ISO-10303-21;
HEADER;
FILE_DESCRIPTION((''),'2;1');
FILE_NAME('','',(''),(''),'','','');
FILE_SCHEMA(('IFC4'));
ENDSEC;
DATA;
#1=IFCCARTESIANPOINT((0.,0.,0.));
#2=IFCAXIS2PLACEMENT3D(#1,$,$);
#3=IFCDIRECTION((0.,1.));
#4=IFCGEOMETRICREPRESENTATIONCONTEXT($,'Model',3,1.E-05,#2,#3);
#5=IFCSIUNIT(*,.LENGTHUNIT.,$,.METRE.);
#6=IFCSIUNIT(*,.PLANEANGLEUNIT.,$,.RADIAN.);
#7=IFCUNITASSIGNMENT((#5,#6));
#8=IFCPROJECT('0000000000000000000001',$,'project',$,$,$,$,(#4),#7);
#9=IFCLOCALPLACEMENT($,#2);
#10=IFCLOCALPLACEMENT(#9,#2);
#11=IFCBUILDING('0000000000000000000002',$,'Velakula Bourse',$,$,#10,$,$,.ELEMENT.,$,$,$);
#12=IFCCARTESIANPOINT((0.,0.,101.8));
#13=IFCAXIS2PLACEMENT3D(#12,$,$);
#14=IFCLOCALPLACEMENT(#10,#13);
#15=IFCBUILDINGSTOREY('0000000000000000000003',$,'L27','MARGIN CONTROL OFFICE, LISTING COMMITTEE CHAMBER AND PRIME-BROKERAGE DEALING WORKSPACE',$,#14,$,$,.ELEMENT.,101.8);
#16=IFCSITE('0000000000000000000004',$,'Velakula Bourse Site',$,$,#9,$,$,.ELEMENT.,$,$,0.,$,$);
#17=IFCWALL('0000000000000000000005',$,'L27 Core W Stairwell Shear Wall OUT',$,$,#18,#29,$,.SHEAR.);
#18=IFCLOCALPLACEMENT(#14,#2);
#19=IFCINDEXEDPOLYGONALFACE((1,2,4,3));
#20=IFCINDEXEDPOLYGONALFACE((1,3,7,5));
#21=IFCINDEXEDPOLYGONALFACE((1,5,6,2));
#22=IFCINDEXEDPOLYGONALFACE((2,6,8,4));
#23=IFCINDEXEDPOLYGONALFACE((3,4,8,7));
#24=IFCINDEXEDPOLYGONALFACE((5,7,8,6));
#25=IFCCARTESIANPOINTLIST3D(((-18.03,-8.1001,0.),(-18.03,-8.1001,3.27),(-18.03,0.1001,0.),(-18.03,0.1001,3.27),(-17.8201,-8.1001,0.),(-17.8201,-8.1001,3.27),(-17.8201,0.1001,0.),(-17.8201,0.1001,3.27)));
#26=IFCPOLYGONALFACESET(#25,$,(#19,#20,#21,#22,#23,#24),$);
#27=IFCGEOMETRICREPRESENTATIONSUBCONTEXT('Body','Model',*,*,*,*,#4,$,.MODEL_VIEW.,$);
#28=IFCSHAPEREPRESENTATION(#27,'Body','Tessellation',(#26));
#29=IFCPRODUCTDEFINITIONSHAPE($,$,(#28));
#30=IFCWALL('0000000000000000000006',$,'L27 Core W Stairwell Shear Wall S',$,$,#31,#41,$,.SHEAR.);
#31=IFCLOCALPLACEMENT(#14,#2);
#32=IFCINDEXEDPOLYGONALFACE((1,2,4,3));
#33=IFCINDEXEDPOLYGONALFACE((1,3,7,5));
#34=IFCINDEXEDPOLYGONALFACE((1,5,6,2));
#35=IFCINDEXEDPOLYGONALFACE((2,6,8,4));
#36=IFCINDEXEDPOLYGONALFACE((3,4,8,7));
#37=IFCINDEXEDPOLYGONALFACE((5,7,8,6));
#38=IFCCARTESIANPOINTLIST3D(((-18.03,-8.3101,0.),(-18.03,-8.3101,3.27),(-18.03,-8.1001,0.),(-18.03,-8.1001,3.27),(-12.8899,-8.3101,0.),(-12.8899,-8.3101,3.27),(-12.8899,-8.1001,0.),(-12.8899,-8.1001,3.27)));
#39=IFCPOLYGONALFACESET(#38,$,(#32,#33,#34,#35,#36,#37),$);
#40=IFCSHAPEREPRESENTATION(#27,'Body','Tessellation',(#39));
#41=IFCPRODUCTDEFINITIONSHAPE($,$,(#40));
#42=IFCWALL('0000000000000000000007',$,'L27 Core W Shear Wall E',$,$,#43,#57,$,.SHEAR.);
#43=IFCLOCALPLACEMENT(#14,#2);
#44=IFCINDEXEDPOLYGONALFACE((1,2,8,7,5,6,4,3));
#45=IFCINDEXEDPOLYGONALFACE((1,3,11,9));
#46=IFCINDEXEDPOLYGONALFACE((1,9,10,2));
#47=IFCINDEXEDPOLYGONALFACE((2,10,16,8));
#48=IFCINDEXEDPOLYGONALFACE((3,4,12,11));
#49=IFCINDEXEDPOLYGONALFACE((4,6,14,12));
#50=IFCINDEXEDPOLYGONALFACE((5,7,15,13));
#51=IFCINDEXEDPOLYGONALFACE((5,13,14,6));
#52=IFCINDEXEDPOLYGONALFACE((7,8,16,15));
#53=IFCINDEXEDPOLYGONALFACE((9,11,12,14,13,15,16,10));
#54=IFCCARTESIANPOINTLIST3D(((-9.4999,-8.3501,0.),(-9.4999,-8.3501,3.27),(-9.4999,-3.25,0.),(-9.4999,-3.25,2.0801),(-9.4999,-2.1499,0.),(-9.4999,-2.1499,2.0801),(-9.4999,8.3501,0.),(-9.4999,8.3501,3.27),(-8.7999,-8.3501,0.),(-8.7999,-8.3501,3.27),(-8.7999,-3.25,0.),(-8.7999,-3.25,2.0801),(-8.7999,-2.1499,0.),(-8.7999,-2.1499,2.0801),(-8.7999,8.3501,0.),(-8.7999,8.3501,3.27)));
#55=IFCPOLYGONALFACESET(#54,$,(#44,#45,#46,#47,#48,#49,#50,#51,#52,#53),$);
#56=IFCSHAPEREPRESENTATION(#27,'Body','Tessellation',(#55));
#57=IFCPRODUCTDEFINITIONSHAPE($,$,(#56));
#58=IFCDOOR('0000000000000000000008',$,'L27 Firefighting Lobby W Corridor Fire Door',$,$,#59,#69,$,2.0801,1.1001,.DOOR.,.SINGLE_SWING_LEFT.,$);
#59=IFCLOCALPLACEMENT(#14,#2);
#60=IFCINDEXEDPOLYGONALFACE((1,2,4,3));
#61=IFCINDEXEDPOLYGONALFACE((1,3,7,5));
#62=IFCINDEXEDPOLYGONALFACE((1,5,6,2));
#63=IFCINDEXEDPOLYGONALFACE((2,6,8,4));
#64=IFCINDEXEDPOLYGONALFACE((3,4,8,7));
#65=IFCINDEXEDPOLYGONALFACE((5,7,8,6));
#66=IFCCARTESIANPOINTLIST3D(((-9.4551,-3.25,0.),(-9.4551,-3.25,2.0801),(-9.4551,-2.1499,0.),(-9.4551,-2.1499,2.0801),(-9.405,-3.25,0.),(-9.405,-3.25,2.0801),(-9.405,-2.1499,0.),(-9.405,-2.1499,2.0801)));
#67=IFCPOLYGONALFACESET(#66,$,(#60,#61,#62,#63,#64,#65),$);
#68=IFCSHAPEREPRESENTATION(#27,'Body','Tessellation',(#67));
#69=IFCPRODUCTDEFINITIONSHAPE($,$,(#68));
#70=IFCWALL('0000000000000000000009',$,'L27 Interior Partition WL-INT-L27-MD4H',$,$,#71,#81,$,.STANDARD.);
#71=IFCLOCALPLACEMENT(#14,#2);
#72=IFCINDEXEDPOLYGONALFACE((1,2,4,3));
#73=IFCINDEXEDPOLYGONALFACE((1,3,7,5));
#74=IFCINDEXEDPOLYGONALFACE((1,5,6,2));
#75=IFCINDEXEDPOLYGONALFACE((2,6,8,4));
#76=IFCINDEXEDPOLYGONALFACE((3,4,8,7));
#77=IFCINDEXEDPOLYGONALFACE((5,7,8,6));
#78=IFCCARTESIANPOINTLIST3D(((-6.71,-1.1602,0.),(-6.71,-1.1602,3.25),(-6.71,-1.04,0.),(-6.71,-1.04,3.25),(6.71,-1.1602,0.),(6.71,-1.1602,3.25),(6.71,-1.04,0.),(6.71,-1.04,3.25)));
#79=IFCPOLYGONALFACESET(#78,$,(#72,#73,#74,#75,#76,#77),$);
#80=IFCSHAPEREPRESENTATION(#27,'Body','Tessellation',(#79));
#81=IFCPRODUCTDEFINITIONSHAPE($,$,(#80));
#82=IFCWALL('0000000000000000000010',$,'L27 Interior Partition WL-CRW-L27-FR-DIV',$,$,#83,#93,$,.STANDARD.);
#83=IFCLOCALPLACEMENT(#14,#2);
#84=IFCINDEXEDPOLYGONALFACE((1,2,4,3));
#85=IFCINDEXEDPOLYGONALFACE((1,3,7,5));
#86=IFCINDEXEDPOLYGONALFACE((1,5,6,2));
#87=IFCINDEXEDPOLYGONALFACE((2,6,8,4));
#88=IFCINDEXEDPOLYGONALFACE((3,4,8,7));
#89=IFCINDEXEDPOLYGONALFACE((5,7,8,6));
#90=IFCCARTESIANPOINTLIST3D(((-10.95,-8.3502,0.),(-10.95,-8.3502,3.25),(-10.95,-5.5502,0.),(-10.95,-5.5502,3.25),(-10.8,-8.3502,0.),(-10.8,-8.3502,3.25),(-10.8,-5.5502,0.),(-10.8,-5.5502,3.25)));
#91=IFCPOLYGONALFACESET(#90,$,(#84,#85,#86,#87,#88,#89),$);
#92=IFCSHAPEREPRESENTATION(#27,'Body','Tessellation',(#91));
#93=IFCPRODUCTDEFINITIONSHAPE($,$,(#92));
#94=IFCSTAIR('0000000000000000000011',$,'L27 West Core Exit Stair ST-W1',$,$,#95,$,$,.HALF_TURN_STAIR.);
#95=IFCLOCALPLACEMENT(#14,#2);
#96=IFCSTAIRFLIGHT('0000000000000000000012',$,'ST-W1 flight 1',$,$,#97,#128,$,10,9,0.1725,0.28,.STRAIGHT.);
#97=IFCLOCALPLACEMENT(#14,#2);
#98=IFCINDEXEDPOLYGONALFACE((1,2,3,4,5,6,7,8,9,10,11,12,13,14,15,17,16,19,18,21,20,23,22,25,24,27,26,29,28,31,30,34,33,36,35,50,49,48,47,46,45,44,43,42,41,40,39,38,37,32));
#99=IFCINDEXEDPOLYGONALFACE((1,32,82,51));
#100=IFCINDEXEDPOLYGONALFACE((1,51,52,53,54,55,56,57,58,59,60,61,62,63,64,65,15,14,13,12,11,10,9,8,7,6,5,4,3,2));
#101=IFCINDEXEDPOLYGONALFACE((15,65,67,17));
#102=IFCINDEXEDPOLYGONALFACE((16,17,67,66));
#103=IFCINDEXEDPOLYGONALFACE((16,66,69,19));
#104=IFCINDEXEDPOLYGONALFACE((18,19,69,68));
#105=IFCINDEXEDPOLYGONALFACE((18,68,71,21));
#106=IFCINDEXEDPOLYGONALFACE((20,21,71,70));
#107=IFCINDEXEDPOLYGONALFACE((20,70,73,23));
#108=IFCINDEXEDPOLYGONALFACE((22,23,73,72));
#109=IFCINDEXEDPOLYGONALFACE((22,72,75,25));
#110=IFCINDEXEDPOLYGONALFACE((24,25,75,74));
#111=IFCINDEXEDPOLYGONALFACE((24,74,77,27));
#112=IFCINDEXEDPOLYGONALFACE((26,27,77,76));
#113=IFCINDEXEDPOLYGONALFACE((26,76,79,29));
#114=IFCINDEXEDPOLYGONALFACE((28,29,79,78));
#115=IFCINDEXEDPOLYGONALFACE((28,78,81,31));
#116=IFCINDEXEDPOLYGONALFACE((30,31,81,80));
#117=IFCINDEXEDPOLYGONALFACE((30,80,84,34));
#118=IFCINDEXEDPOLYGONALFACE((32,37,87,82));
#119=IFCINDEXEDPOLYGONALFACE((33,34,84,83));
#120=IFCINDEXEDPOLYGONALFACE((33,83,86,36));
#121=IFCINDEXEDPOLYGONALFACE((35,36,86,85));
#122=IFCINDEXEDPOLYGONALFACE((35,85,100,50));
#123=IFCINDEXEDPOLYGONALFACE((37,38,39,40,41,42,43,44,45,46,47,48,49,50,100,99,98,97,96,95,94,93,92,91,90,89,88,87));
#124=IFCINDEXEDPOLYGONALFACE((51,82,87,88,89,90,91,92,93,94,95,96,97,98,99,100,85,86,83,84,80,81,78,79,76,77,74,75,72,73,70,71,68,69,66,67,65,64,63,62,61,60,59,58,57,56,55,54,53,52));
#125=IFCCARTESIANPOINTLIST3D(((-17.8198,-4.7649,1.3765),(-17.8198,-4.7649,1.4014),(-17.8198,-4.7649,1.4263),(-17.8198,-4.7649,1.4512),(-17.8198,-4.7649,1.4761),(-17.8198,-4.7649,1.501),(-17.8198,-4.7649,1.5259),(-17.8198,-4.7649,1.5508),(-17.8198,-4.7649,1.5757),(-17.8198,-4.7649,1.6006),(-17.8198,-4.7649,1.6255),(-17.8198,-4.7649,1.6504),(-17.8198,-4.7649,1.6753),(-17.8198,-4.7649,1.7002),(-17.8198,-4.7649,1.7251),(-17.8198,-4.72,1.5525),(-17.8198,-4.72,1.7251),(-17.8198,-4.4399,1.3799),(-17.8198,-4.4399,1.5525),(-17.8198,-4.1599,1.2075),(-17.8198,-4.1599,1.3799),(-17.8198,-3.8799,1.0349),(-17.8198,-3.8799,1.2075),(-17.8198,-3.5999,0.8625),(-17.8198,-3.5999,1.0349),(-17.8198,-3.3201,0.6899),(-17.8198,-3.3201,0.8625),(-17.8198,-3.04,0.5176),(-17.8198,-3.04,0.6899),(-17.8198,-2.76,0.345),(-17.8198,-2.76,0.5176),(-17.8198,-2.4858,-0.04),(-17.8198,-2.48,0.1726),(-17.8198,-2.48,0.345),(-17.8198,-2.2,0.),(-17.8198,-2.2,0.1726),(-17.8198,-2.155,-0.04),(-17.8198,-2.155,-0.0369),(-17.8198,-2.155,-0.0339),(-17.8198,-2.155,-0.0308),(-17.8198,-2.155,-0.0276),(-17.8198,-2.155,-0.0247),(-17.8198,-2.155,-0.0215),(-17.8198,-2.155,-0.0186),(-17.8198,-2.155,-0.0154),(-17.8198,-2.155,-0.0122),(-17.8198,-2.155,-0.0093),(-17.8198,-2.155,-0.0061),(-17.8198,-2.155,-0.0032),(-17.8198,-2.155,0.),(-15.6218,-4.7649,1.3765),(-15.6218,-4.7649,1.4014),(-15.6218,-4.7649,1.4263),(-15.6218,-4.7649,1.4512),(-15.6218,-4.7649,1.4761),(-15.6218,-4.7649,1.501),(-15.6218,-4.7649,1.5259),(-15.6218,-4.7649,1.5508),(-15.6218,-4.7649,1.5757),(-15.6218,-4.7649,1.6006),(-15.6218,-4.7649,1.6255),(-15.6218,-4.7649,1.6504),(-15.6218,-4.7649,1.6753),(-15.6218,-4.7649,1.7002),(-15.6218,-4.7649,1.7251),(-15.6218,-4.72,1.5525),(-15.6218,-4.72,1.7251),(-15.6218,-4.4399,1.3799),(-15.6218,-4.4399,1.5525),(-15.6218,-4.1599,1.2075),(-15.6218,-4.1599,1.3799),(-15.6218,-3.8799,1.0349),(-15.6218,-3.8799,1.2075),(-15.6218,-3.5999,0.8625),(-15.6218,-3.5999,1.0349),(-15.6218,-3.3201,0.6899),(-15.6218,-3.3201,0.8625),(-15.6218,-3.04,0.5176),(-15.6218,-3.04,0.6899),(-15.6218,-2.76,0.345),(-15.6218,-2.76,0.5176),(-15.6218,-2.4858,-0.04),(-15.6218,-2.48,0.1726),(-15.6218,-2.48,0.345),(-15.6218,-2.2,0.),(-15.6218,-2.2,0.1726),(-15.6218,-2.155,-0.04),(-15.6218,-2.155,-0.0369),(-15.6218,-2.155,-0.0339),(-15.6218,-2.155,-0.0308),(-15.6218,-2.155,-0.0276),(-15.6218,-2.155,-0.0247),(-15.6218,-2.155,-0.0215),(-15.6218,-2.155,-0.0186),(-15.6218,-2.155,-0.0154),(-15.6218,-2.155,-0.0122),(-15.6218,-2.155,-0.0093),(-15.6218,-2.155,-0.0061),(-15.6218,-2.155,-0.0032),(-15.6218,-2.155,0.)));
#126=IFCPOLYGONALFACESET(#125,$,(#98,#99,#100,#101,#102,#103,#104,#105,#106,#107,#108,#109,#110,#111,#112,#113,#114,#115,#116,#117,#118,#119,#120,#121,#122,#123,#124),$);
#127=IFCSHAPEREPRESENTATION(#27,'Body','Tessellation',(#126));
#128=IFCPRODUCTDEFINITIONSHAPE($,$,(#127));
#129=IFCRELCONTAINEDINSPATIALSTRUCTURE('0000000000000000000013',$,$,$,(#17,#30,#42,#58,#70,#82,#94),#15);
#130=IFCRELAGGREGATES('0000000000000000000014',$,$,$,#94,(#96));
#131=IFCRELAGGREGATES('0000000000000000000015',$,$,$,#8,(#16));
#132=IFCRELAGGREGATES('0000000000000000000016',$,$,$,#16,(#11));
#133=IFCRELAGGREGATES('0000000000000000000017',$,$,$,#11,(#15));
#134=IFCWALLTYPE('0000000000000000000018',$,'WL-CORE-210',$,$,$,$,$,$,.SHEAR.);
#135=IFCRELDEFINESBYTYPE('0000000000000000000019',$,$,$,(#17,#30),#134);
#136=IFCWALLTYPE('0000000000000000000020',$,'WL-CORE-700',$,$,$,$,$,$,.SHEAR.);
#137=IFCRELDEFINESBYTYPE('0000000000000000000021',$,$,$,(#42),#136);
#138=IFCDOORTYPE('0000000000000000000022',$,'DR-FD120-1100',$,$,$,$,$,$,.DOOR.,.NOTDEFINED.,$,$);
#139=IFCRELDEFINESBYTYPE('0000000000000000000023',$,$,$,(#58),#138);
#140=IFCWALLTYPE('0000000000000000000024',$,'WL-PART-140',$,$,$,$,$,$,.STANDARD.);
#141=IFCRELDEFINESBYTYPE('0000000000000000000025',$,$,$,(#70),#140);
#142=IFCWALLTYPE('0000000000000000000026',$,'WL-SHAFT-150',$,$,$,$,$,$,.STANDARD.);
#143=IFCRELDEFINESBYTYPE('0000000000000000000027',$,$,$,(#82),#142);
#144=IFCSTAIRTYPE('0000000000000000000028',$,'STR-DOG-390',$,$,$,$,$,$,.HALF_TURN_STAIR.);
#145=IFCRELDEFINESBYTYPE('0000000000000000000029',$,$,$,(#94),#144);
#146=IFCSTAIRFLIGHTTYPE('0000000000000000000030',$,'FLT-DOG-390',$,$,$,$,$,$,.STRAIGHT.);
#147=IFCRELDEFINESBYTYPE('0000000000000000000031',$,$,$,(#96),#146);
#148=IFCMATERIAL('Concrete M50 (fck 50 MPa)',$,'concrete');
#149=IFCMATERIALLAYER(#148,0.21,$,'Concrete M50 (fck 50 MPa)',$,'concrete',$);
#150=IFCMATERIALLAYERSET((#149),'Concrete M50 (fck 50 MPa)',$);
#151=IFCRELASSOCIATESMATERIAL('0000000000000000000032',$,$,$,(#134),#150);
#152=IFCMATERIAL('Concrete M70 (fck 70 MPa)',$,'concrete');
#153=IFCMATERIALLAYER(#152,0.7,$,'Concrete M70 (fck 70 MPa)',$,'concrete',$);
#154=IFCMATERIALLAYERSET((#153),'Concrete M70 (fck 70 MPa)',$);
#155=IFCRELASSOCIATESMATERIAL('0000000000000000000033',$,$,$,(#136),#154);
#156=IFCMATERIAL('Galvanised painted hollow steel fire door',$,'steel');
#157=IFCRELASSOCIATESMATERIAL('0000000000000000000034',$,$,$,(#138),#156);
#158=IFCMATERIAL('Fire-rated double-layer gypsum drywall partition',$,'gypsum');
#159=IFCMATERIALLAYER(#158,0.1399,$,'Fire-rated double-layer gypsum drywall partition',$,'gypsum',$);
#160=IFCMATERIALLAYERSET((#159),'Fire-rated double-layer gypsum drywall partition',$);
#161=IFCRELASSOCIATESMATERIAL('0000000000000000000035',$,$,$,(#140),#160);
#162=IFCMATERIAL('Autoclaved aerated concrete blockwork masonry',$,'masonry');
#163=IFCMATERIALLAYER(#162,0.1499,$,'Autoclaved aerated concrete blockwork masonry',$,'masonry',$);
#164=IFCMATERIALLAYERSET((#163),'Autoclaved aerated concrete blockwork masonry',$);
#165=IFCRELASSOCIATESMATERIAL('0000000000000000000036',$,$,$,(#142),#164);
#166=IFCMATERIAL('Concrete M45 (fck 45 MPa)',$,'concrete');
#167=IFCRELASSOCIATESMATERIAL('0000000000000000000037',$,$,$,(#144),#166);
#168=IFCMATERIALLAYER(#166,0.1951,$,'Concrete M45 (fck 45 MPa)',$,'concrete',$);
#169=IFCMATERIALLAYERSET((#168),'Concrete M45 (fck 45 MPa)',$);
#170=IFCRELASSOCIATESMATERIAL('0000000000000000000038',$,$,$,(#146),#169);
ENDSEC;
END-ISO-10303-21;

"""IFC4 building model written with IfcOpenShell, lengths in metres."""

from ifc_helpers import new_model, si_unit, direction, frame, frame_2d, origin, place, context, subcontext, project, spatial, polyline, rectangle, outline, extrude, material, layer, layer_set, type_object, element, fill, aggregate, save


model = new_model("IFC4")

# Units and contexts
model_context = context("Model", 3, precision=1e-05, world=origin(), true_north=direction((0.0, 1.0)))
body_context = subcontext(model_context, "Body", "Model", "MODEL_VIEW")
ifc_project = project(units=[si_unit("LENGTHUNIT", "METRE"), si_unit("PLANEANGLEUNIT", "RADIAN")], contexts=[model_context])

# Site, building, storey
site_placement = place(None, origin())
site = spatial("IfcSite", under=ifc_project, at=site_placement, Name="Velakula Bourse Site", CompositionType="ELEMENT", RefElevation=0.0)
building_placement = place(site_placement, origin())
building = spatial("IfcBuilding", under=site, at=building_placement, Name="Velakula Bourse", CompositionType="ELEMENT")
storey_placement = place(building_placement, frame((0.0, 0.0, 101.8)))
storey = spatial("IfcBuildingStorey", under=building, at=storey_placement, Name="L27", Description="MARGIN CONTROL OFFICE, LISTING COMMITTEE CHAMBER AND PRIME-BROKERAGE DEALING WORKSPACE", CompositionType="ELEMENT", Elevation=101.8)

# Shared definitions
ifc_material_1 = material(Name="Concrete M70 (fck 70 MPa)", Category="concrete")

# Shared definitions
ifc_material_2 = material(Name="Concrete M50 (fck 50 MPa)", Category="concrete")
ifc_layer_1 = layer(ifc_material_2, 0.21, Name="Concrete M50 (fck 50 MPa)", Category="concrete")
ifc_layer_set_1 = layer_set([ifc_layer_1], Name="Concrete M50 (fck 50 MPa)")
wall_type_1 = type_object("IfcWallType", Name="WL-CORE-210", PredefinedType="SHEAR", material=ifc_layer_set_1)
ifc_material_3 = material(Name="Galvanised painted hollow steel fire door", Category="steel")

# Walls
wall_1_placement = place(storey_placement, frame((-17.925, -8.1001, 0.0), z_axis=(0.0, 0.0, 1.0), x_axis=(0.0, 1.0, 0.0)))
element("IfcWall", 1, at=wall_1_placement, inside=storey, type_object=wall_type_1, Name="L27 Core W Stairwell Shear Wall OUT", PredefinedType="SHEAR", context=body_context, shape_type="SweptSolid", body=[
    extrude(rectangle(XDim=8.2002, YDim=0.21, at=frame_2d((4.1001, 0.0))), origin(), (0.0, 0.0, 1.0), 3.27),
])
wall_2_placement = place(storey_placement, frame((-18.03, -8.2051, 0.0), z_axis=(0.0, 0.0, 1.0), x_axis=(1.0, 0.0, 0.0)))
element("IfcWall", 2, at=wall_2_placement, inside=storey, type_object=wall_type_1, Name="L27 Core W Stairwell Shear Wall S", PredefinedType="SHEAR", context=body_context, shape_type="SweptSolid", body=[
    extrude(rectangle(XDim=5.1401, YDim=0.21, at=frame_2d((2.5701, 0.0))), origin(), (0.0, 0.0, 1.0), 3.27),
])

# Wall, opening, door
ifc_layer_2 = layer(ifc_material_1, 0.7, Name="Concrete M70 (fck 70 MPa)", Category="concrete")
ifc_layer_set_2 = layer_set([ifc_layer_2], Name="Concrete M70 (fck 70 MPa)")
wall_type_2 = type_object("IfcWallType", Name="WL-CORE-700", PredefinedType="SHEAR", material=ifc_layer_set_2)
wall_3_placement = place(storey_placement, frame((-9.1499, -8.3501, 0.0), z_axis=(0.0, 0.0, 1.0), x_axis=(0.0, 1.0, 0.0)))
wall_3 = element("IfcWall", 3, at=wall_3_placement, inside=storey, type_object=wall_type_2, Name="L27 Core W Shear Wall E", PredefinedType="SHEAR", context=body_context, shape_type="SweptSolid", body=[
    extrude(rectangle(XDim=16.7002, YDim=0.7, at=frame_2d((8.3501, 0.0))), origin(), (0.0, 0.0, 1.0), 3.27),
])
opening_1_placement = place(wall_3_placement, frame((5.1001, 0.0, 0.0)))
opening_1 = element("IfcOpeningElement", 4, at=opening_1_placement, cuts=wall_3, PredefinedType="OPENING", context=body_context, shape_type="SweptSolid", body=[
    extrude(rectangle(XDim=1.1001, YDim=2.0801, at=frame_2d((0.55, 1.04))), frame((0.0, 0.3599, 0.0), z_axis=(0.0, -1.0, 0.0), x_axis=(1.0, 0.0, 0.0)), (0.0, 0.0, 1.0), 0.72),
])
door_type_1 = type_object("IfcDoorType", Name="DR-FD120-1100", OperationType="NOTDEFINED", PredefinedType="DOOR", material=ifc_material_3)
door_1_placement = place(opening_1_placement, origin())
door_1 = element("IfcDoor", 5, at=door_1_placement, inside=storey, type_object=door_type_1, Name="L27 Firefighting Lobby W Corridor Fire Door", OperationType="SINGLE_SWING_LEFT", OverallHeight=2.0801, OverallWidth=1.1001, PredefinedType="DOOR", context=body_context, shape_type="SweptSolid", body=[
    extrude(rectangle(XDim=1.1001, YDim=2.0801, at=frame_2d((0.55, 1.04))), frame((0.0, 0.3052, 0.0), z_axis=(0.0, -1.0, 0.0), x_axis=(1.0, 0.0, 0.0)), (0.0, 0.0, 1.0), 0.05),
])
fill(opening_1, door_1)

# Wall
ifc_material_4 = material(Name="Fire-rated double-layer gypsum drywall partition", Category="gypsum")
ifc_layer_3 = layer(ifc_material_4, 0.1399, Name="Fire-rated double-layer gypsum drywall partition", Category="gypsum")
ifc_layer_set_3 = layer_set([ifc_layer_3], Name="Fire-rated double-layer gypsum drywall partition")
wall_type_3 = type_object("IfcWallType", Name="WL-PART-140", PredefinedType="STANDARD", material=ifc_layer_set_3)
wall_4_placement = place(storey_placement, frame((-6.71, -1.1001, 0.0), z_axis=(0.0, 0.0, 1.0), x_axis=(1.0, 0.0, 0.0)))
element("IfcWall", 6, at=wall_4_placement, inside=storey, type_object=wall_type_3, Name="L27 Interior Partition WL-INT-L27-MD4H", PredefinedType="STANDARD", context=body_context, shape_type="SweptSolid", body=[
    extrude(rectangle(XDim=13.4199, YDim=0.1201, at=frame_2d((6.71, 0.0))), origin(), (0.0, 0.0, 1.0), 3.25),
])

# Shared definitions
ifc_material_5 = material(Name="Autoclaved aerated concrete blockwork masonry", Category="masonry")
ifc_layer_4 = layer(ifc_material_5, 0.1499, Name="Autoclaved aerated concrete blockwork masonry", Category="masonry")
ifc_layer_set_4 = layer_set([ifc_layer_4], Name="Autoclaved aerated concrete blockwork masonry")
wall_type_4 = type_object("IfcWallType", Name="WL-SHAFT-150", PredefinedType="STANDARD", material=ifc_layer_set_4)

# Wall
wall_5_placement = place(storey_placement, frame((-10.875, -8.3501, 0.0), z_axis=(0.0, 0.0, 1.0), x_axis=(0.0, 1.0, 0.0)))
element("IfcWall", 7, at=wall_5_placement, inside=storey, type_object=wall_type_4, Name="L27 Interior Partition WL-CRW-L27-FR-DIV", PredefinedType="STANDARD", context=body_context, shape_type="SweptSolid", body=[
    extrude(rectangle(XDim=2.8, YDim=0.1499, at=frame_2d((1.3999, 0.0))), origin(), (0.0, 0.0, 1.0), 3.25),
])

# Stair, stair flight
ifc_material_6 = material(Name="Concrete M45 (fck 45 MPa)", Category="concrete")
stair_type = type_object("IfcStairType", Name="STR-DOG-390", PredefinedType="HALF_TURN_STAIR", material=ifc_material_6)
stair_placement = place(storey_placement, origin())
stair = element("IfcStair", 8, at=stair_placement, inside=storey, type_object=stair_type, Name="L27 West Core Exit Stair ST-W1", PredefinedType="HALF_TURN_STAIR")
ifc_layer_5 = layer(ifc_material_6, 0.1951, Name="Concrete M45 (fck 45 MPa)", Category="concrete")
ifc_layer_set_5 = layer_set([ifc_layer_5], Name="Concrete M45 (fck 45 MPa)")
stair_flight_type = type_object("IfcStairFlightType", Name="FLT-DOG-390", PredefinedType="STRAIGHT", material=ifc_layer_set_5)
stair_flight_1_placement = place(storey_placement, frame((-16.7209, -2.2, 0.0), z_axis=(0.0, 0.0, 1.0), x_axis=(0.0, -1.0, 0.0)))
stair_flight_1 = element("IfcStairFlight", 9, at=stair_flight_1_placement, type_object=stair_flight_type, Name="ST-W1 flight 1", NumberOfRisers=10, NumberOfTreads=9, PredefinedType="STRAIGHT", RiserHeight=0.1725, TreadLength=0.28, context=body_context, shape_type="SweptSolid", body=[
    extrude(outline(polyline([(-0.0449, -0.04), (-0.0449, -0.0369), (-0.0449, -0.0339), (-0.0449, -0.0308), (-0.0449, -0.0276), (-0.0449, -0.0247), (-0.0449, -0.0215), (-0.0449, -0.0186), (-0.0449, -0.0154), (-0.0449, -0.0122), (-0.0449, -0.0093), (-0.0449, -0.0061), (-0.0449, -0.0032), (-0.0449, 0.0), (0.0, 0.0), (0.0, 0.1726), (0.28, 0.1726), (0.28, 0.345), (0.5601, 0.345), (0.5601, 0.5176), (0.8401, 0.5176), (0.8401, 0.6899), (1.1201, 0.6899), (1.1201, 0.8625), (1.3999, 0.8625), (1.3999, 1.0349), (1.6799, 1.0349), (1.6799, 1.2075), (1.96, 1.2075), (1.96, 1.3799), (2.24, 1.3799), (2.24, 1.5525), (2.52, 1.5525), (2.52, 1.7251), (2.5649, 1.7251), (2.5649, 1.7002), (2.5649, 1.6753), (2.5649, 1.6504), (2.5649, 1.6255), (2.5649, 1.6006), (2.5649, 1.5757), (2.5649, 1.5508), (2.5649, 1.5259), (2.5649, 1.501), (2.5649, 1.4761), (2.5649, 1.4512), (2.5649, 1.4263), (2.5649, 1.4014), (2.5649, 1.3765), (0.2859, -0.04), (-0.0449, -0.04)])), frame((0.0, 1.0991, 0.0), z_axis=(0.0, -1.0, 0.0), x_axis=(1.0, 0.0, 0.0)), (0.0, 0.0, 1.0), 2.198),
])
aggregate(stair, [stair_flight_1])

save(model, "model.ifc")
